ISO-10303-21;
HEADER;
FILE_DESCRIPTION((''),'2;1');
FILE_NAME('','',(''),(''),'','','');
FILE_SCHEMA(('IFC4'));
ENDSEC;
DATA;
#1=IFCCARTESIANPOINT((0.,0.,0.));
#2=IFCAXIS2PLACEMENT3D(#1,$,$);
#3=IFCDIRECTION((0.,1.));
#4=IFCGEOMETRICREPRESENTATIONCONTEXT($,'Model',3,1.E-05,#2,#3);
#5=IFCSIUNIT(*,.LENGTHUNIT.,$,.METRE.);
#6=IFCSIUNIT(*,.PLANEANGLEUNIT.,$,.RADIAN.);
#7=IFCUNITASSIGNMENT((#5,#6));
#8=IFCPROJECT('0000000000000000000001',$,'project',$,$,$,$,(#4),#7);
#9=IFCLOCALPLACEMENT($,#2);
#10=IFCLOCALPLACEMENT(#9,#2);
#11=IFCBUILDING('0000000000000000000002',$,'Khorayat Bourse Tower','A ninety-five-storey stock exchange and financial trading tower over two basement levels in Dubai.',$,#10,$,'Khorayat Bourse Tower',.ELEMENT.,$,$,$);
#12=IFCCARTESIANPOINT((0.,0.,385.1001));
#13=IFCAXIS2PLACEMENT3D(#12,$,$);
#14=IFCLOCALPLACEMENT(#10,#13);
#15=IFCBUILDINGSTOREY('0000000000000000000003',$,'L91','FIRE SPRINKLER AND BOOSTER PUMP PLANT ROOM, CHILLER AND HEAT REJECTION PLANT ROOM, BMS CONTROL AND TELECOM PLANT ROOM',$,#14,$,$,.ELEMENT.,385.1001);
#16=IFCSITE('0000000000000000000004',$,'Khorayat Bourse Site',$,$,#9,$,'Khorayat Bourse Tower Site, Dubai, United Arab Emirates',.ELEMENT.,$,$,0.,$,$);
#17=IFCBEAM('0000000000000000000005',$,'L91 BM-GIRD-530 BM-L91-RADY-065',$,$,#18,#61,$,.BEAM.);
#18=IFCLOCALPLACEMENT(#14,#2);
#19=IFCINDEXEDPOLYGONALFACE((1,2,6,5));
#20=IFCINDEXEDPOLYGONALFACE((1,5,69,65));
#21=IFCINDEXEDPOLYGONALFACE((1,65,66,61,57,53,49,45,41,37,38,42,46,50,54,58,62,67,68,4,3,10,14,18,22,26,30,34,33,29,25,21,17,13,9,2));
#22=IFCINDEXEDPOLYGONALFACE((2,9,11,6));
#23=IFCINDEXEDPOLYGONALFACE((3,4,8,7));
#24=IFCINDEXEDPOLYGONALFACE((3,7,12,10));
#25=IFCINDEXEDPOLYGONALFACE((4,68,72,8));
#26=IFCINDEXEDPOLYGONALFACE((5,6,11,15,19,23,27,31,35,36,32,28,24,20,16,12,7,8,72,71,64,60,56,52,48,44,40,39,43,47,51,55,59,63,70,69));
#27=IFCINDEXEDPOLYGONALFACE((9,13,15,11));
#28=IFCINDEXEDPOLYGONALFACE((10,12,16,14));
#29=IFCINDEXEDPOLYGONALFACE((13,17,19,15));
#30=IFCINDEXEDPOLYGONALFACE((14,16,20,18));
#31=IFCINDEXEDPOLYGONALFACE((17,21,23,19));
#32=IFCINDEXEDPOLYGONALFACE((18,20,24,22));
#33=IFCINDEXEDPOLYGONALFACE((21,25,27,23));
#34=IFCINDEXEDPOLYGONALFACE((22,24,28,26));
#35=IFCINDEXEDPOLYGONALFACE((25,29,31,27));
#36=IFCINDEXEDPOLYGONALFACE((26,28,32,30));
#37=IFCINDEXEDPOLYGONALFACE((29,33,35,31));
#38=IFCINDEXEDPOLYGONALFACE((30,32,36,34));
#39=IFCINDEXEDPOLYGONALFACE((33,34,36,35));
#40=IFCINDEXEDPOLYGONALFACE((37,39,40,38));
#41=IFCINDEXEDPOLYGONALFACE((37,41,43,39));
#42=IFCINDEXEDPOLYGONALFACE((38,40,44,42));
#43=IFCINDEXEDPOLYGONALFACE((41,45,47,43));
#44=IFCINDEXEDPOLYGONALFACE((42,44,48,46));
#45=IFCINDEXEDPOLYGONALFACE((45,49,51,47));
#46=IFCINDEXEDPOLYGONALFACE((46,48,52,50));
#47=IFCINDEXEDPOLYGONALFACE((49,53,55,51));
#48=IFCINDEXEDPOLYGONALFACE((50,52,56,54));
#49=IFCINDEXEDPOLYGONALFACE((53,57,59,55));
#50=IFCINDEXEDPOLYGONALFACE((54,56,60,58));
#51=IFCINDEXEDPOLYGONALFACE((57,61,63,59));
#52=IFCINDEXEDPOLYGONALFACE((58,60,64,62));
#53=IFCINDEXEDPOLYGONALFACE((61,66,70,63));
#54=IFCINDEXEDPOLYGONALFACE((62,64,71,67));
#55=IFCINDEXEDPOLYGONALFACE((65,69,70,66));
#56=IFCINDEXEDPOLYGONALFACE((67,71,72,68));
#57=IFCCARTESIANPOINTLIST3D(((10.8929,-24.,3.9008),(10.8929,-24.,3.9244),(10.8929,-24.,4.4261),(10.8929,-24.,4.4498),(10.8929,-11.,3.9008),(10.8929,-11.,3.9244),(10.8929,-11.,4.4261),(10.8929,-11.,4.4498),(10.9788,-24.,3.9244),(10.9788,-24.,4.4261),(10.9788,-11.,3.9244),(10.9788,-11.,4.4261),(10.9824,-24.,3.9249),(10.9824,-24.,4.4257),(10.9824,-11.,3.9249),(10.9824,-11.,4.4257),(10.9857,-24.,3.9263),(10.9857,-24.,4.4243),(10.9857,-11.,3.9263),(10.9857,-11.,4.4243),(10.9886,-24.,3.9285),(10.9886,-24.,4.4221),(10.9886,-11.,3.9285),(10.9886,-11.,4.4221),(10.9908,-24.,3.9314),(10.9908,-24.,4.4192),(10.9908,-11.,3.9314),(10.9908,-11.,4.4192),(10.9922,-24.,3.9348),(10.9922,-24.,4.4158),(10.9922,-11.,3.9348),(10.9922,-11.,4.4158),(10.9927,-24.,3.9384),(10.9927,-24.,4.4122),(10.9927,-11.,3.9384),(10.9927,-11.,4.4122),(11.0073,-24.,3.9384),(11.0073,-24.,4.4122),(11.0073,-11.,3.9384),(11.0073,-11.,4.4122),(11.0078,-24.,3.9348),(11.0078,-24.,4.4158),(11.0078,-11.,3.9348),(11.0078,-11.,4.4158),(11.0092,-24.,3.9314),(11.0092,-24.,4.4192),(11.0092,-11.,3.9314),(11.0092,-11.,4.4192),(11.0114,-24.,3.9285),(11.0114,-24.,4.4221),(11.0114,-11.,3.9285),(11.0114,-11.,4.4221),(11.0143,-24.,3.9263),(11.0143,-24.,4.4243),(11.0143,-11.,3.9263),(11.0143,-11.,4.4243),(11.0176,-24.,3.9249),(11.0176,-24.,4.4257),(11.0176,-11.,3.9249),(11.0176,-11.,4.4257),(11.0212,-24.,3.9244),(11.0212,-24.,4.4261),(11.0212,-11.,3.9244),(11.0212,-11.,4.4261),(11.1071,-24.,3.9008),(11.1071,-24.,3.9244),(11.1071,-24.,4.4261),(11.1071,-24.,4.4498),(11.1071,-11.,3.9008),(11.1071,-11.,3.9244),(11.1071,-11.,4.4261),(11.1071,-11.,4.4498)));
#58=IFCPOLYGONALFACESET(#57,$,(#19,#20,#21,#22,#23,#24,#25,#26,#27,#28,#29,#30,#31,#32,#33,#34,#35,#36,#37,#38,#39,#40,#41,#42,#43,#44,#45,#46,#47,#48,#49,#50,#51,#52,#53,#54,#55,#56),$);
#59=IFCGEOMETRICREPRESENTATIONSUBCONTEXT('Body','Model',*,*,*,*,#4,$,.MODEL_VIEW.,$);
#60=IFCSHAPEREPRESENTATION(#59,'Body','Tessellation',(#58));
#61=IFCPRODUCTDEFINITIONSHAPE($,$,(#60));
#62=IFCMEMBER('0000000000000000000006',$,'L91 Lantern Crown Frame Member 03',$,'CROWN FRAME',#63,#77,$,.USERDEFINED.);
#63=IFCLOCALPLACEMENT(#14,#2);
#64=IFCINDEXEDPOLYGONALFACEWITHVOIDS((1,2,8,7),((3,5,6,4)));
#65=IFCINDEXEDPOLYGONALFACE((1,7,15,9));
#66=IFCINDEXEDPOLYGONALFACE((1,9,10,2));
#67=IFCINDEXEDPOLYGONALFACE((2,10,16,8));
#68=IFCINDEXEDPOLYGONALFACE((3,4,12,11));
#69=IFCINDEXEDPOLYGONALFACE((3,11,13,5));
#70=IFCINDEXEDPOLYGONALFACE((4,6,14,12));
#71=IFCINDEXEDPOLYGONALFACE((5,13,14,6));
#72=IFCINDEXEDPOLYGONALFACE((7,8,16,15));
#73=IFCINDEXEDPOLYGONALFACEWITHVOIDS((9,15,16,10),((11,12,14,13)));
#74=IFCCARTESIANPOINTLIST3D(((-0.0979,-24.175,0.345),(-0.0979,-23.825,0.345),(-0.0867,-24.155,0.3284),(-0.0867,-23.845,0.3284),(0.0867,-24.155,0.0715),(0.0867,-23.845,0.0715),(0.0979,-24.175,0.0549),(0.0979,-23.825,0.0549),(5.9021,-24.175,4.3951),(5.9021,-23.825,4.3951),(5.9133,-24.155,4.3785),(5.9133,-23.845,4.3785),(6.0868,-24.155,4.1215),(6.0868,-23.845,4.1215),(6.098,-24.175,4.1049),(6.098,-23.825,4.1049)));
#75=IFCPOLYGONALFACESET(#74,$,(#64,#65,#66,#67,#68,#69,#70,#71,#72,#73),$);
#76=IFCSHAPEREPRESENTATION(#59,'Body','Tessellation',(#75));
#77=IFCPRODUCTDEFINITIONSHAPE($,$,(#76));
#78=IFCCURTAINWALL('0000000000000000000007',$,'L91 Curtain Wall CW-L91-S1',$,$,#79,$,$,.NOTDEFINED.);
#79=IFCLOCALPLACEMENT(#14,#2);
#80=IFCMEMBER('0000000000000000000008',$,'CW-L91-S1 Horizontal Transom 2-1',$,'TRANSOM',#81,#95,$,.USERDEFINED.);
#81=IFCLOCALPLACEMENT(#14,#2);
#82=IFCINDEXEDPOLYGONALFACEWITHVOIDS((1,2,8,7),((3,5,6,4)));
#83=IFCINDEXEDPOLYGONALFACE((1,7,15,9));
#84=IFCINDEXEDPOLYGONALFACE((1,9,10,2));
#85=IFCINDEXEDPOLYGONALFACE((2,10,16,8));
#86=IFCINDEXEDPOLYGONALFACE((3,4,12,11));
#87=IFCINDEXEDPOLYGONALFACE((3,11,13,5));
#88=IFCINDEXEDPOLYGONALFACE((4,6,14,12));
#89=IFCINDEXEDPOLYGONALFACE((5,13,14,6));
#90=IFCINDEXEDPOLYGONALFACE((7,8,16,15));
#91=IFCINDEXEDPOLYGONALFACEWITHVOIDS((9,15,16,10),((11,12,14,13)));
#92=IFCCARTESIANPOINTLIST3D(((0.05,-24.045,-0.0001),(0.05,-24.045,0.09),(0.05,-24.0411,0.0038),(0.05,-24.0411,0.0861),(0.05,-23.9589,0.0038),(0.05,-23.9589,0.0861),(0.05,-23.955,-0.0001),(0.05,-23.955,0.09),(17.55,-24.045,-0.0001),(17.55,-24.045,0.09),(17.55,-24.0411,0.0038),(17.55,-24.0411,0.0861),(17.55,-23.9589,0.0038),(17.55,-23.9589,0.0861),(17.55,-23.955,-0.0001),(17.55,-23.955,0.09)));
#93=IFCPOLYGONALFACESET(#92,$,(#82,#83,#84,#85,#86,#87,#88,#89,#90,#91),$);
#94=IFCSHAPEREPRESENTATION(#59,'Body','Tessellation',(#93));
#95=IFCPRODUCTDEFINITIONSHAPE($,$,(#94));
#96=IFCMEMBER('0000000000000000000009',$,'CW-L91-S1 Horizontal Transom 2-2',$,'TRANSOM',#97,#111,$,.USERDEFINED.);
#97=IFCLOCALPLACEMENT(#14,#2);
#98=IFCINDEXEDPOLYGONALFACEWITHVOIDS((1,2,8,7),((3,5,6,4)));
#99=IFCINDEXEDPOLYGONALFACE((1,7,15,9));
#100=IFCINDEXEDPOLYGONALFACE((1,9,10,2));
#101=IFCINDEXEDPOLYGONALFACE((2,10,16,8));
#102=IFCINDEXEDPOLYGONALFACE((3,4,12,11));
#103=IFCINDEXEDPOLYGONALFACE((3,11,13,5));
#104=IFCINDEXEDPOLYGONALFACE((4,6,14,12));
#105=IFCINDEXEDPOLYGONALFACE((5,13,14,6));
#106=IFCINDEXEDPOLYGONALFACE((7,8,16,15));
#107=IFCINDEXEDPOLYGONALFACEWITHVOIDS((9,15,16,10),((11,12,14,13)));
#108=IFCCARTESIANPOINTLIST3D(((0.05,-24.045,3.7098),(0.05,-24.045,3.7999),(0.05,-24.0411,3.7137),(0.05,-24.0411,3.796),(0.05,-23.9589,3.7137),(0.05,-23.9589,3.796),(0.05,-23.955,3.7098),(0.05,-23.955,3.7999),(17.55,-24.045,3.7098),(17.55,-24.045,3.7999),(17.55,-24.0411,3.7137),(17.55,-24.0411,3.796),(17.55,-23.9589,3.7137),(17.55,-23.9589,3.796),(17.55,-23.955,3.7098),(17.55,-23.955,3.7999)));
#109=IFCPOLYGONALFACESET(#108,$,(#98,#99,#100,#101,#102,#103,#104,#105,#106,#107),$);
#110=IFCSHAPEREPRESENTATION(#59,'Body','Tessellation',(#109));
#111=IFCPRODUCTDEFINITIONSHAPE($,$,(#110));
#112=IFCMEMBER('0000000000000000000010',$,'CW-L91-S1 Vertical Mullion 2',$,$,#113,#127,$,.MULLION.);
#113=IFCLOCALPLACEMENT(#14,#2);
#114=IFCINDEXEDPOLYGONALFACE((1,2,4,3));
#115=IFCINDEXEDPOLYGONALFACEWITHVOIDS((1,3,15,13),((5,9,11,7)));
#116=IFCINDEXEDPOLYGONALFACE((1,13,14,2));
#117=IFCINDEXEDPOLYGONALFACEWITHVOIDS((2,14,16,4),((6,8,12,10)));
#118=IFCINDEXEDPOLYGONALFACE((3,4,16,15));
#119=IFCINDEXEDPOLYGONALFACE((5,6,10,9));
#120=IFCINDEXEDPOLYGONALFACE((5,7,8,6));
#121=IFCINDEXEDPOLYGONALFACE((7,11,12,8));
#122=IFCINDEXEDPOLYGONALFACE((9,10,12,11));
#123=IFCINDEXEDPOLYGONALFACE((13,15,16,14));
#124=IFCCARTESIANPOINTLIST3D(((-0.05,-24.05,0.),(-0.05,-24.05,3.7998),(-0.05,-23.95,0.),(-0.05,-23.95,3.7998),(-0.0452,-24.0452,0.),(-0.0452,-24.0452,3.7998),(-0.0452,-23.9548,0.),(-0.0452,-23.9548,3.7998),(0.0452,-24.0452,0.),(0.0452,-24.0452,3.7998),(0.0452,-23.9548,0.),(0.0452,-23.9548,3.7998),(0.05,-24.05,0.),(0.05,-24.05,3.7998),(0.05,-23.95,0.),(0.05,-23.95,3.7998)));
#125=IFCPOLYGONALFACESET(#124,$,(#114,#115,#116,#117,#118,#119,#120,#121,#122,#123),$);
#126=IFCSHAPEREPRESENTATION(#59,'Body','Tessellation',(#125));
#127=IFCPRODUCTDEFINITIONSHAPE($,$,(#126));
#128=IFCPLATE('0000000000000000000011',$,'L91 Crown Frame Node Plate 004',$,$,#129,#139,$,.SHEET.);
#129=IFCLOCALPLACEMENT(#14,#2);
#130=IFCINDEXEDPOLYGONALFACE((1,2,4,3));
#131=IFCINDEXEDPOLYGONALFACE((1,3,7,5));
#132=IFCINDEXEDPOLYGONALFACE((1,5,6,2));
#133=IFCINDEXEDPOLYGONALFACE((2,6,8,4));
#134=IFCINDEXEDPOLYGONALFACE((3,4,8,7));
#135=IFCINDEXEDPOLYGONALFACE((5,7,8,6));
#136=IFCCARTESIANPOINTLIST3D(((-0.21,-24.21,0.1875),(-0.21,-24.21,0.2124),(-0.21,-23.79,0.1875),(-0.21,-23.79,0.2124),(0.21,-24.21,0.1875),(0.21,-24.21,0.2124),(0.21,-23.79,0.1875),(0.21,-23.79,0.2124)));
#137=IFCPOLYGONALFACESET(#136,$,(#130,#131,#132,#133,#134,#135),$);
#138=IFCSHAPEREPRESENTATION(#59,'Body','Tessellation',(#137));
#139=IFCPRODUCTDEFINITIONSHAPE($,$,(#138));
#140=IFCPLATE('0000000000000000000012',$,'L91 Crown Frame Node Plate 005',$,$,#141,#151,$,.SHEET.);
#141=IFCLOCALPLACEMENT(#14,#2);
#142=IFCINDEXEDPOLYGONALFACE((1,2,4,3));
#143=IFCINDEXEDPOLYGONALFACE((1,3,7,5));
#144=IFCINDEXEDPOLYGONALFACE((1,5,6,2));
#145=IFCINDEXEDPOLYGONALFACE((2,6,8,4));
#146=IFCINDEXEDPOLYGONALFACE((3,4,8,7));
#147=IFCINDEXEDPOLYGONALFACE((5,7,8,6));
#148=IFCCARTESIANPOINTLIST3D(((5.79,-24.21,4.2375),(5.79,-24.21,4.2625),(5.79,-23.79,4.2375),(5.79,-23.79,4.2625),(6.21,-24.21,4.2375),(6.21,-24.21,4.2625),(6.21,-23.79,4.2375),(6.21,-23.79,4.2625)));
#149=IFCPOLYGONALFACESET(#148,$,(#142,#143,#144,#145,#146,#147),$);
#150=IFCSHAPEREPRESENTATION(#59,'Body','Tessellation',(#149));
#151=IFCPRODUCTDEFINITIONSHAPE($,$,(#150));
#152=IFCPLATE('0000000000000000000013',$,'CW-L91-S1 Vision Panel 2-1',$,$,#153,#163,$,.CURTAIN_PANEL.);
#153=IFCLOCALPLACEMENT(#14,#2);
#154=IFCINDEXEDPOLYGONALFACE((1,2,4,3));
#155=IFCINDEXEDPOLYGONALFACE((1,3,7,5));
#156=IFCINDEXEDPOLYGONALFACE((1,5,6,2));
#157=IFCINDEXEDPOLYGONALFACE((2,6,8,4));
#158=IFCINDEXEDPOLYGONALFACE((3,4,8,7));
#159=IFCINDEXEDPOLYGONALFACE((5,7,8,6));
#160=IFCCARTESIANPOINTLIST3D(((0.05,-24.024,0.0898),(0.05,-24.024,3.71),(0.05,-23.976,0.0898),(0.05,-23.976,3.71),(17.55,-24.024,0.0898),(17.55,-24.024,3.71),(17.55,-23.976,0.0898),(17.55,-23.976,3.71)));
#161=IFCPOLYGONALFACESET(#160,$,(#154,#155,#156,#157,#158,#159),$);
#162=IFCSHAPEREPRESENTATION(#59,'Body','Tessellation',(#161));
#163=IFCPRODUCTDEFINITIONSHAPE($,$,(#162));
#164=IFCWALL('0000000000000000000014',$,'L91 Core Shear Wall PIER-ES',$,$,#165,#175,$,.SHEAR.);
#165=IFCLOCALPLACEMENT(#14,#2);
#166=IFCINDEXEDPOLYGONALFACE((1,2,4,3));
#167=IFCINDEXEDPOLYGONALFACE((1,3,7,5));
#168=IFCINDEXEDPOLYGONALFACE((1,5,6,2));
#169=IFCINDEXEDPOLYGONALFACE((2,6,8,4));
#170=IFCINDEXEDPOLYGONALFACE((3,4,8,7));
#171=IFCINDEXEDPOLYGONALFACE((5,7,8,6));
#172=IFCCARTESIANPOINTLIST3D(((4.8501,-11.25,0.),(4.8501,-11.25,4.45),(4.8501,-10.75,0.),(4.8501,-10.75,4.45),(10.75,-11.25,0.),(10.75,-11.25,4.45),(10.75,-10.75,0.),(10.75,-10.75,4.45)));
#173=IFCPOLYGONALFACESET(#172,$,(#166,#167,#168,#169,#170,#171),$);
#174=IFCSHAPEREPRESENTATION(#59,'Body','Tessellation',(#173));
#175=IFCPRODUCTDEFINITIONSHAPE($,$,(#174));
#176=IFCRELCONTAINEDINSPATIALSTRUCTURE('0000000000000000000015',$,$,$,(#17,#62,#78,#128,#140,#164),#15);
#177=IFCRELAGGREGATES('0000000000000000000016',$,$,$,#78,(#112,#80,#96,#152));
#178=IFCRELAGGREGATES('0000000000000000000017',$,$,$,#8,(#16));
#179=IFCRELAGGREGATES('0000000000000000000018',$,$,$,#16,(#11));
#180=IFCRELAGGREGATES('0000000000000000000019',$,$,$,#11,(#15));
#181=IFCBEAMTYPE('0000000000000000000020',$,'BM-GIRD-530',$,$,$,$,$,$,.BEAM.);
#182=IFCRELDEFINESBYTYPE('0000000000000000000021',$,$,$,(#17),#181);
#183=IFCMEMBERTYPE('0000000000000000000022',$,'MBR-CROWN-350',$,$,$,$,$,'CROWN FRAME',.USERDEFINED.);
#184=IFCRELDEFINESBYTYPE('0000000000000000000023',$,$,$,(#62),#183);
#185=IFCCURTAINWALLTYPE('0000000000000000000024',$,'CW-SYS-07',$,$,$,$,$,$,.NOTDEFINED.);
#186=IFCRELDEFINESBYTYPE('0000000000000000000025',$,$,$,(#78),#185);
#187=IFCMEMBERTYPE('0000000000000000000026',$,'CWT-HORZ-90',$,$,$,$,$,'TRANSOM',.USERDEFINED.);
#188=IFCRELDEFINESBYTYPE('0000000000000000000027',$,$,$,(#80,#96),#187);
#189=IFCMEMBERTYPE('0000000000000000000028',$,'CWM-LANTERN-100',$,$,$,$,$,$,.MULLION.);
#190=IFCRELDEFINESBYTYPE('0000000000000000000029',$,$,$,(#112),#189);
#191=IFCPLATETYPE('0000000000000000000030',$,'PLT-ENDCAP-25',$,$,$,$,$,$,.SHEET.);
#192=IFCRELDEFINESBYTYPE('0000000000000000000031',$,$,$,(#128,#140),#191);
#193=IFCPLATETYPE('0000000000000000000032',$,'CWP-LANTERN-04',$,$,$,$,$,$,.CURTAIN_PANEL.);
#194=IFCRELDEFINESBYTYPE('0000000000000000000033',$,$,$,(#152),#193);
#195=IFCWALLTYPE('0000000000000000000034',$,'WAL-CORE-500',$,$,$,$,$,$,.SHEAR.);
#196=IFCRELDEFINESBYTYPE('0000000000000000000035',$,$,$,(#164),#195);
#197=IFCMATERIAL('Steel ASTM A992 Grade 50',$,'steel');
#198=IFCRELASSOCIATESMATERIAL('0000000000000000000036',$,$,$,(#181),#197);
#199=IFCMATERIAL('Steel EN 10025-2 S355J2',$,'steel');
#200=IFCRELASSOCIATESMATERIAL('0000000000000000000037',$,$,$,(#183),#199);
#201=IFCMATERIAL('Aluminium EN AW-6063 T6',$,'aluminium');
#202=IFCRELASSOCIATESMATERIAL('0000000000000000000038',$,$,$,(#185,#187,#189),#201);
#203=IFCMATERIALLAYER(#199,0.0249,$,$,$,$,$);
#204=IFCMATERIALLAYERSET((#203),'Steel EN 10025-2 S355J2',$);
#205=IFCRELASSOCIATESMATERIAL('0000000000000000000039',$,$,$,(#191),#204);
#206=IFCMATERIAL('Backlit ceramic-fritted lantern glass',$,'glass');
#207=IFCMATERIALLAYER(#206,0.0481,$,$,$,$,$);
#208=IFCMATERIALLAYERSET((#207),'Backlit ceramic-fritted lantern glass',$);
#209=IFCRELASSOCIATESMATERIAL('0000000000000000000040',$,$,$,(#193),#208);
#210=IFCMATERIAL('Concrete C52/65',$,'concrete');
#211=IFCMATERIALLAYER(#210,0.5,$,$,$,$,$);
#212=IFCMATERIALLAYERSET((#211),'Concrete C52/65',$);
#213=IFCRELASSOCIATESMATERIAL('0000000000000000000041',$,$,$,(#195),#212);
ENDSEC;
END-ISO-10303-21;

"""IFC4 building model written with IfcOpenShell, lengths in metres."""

from ifc_helpers import new_model, si_unit, direction, frame, frame_2d, origin, origin_2d, place, context, subcontext, project, spatial, rectangle, hollow_rectangle, i_section, extrude, source, transform, mapped, material, layer, layer_set, material_profile, profile_set, type_object, element, aggregate, save


model = new_model("IFC4")

# Units and contexts
model_context = context("Model", 3, precision=1e-05, world=origin(), true_north=direction((0.0, 1.0)))
body_context = subcontext(model_context, "Body", "Model", "MODEL_VIEW")
ifc_project = project(units=[si_unit("LENGTHUNIT", "METRE"), si_unit("PLANEANGLEUNIT", "RADIAN")], contexts=[model_context])

# Site, building, storey
site_placement = place(None, origin())
site = spatial("IfcSite", under=ifc_project, at=site_placement, Name="Khorayat Bourse Site", LongName="Khorayat Bourse Tower Site, Dubai, United Arab Emirates", CompositionType="ELEMENT", RefElevation=0.0)
building_placement = place(site_placement, origin())
building = spatial("IfcBuilding", under=site, at=building_placement, Name="Khorayat Bourse Tower", Description="A ninety-five-storey stock exchange and financial trading tower over two basement levels in Dubai.", LongName="Khorayat Bourse Tower", CompositionType="ELEMENT")
storey_placement = place(building_placement, frame((0.0, 0.0, 385.1001)))
storey = spatial("IfcBuildingStorey", under=building, at=storey_placement, Name="L91", Description="FIRE SPRINKLER AND BOOSTER PUMP PLANT ROOM, CHILLER AND HEAT REJECTION PLANT ROOM, BMS CONTROL AND TELECOM PLANT ROOM", CompositionType="ELEMENT", Elevation=385.1001)

# Shared definitions
ifc_material_1 = material(Name="Steel EN 10025-2 S355J2", Category="steel")
ifc_material_2 = material(Name="Concrete C52/65", Category="concrete")

# Beam
ifc_material_3 = material(Name="Steel ASTM A992 Grade 50", Category="steel")
ifc_material_profile_1 = material_profile(ifc_material_3, i_section(OverallWidth=0.2141, OverallDepth=0.5491, WebThickness=0.0146, FlangeThickness=0.0237, FilletRadius=0.0139, at=origin_2d()), Name="W530X138")
ifc_profile_set_1 = profile_set([ifc_material_profile_1], Name="Steel ASTM A992 Grade 50")
beam_type_1 = type_object("IfcBeamType", Name="BM-GIRD-530", PredefinedType="BEAM", material=ifc_profile_set_1)
shared_shape_1 = source(origin(), body_context, "Body", "SweptSolid", [
    extrude(i_section(OverallWidth=0.2141, OverallDepth=0.5491, WebThickness=0.0146, FlangeThickness=0.0237, FilletRadius=0.0139, at=origin_2d()), origin(), (0.0, 0.0, 1.0), 13.0),
])
for number, where, z_axis, x_axis, name in (
    (1, (11.0, -24.0, 4.1753), (0.0, 1.0, 0.0), (-1.0, 0.0, 0.0), "L91 BM-GIRD-530 BM-L91-RADY-065"),
):
    element("IfcBeam", number, at=place(storey_placement, frame(where, z_axis=z_axis, x_axis=x_axis)), inside=storey, type_object=beam_type_1, Name=name, PredefinedType="BEAM", context=body_context, shape_type="MappedRepresentation", body=[
        mapped(shared_shape_1, transform((0.0, 0.0, 0.0), scale=1.0)),
    ])

# Member
ifc_material_profile_2 = material_profile(ifc_material_1, hollow_rectangle(XDim=0.3501, YDim=0.3501, WallThickness=0.02, at=origin_2d()), Name="HSS 350x350x20")
ifc_profile_set_2 = profile_set([ifc_material_profile_2], Name="Steel EN 10025-2 S355J2")
member_type_1 = type_object("IfcMemberType", Name="MBR-CROWN-350", ElementType="CROWN FRAME", PredefinedType="USERDEFINED", material=ifc_profile_set_2)
shared_shape_2 = source(origin(), body_context, "Body", "SweptSolid", [
    extrude(hollow_rectangle(XDim=0.3501, YDim=0.3501, WallThickness=0.02, at=origin_2d()), origin(), (0.0, 0.0, 1.0), 7.239),
])
member_1_placement = place(storey_placement, frame((0.0, -24.0, 0.2), z_axis=(0.828846, 0.0, 0.559477), x_axis=(0.0, 1.0, 0.0)))
element("IfcMember", 2, at=member_1_placement, inside=storey, type_object=member_type_1, Name="L91 Lantern Crown Frame Member 03", ObjectType="CROWN FRAME", PredefinedType="USERDEFINED", context=body_context, shape_type="MappedRepresentation", body=[
    mapped(shared_shape_2, transform((0.0, 0.0, 0.0), scale=1.0)),
])

# Curtain wall, members
ifc_material_4 = material(Name="Aluminium EN AW-6063 T6", Category="aluminium")
curtain_wall_type = type_object("IfcCurtainWallType", Name="CW-SYS-07", PredefinedType="NOTDEFINED", material=ifc_material_4)
curtain_wall_placement = place(storey_placement, origin())
curtain_wall = element("IfcCurtainWall", 3, at=curtain_wall_placement, inside=storey, type_object=curtain_wall_type, Name="L91 Curtain Wall CW-L91-S1", PredefinedType="NOTDEFINED")
ifc_material_profile_3 = material_profile(ifc_material_4, hollow_rectangle(XDim=0.0901, YDim=0.0901, WallThickness=0.0039, at=origin_2d()), Name="ALU 90x90x4")
ifc_profile_set_3 = profile_set([ifc_material_profile_3], Name="Aluminium EN AW-6063 T6")
member_type_2 = type_object("IfcMemberType", Name="CWT-HORZ-90", ElementType="TRANSOM", PredefinedType="USERDEFINED", material=ifc_profile_set_3)
shared_shape_3 = source(origin(), body_context, "Body", "SweptSolid", [
    extrude(hollow_rectangle(XDim=0.0901, YDim=0.0901, WallThickness=0.0039, at=origin_2d()), origin(), (0.0, 0.0, 1.0), 17.5),
])
member_2_placement = place(storey_placement, frame((0.05, -24.0, 0.0449), z_axis=(1.0, 0.0, 0.0), x_axis=(0.0, 1.0, 0.0)))
member_2 = element("IfcMember", 4, at=member_2_placement, type_object=member_type_2, Name="CW-L91-S1 Horizontal Transom 2-1", ObjectType="TRANSOM", PredefinedType="USERDEFINED", context=body_context, shape_type="MappedRepresentation", body=[
    mapped(shared_shape_3, transform((0.0, 0.0, 0.0), scale=1.0)),
])
member_3_placement = place(storey_placement, frame((0.05, -24.0, 3.7549), z_axis=(1.0, 0.0, 0.0), x_axis=(0.0, 1.0, 0.0)))
member_3 = element("IfcMember", 5, at=member_3_placement, type_object=member_type_2, Name="CW-L91-S1 Horizontal Transom 2-2", ObjectType="TRANSOM", PredefinedType="USERDEFINED", context=body_context, shape_type="MappedRepresentation", body=[
    mapped(shared_shape_3, transform((0.0, 0.0, 0.0), scale=1.0)),
])
ifc_material_profile_4 = material_profile(ifc_material_4, hollow_rectangle(XDim=0.1001, YDim=0.1001, WallThickness=0.0049, at=origin_2d()), Name="ALU 100x100x5")
ifc_profile_set_4 = profile_set([ifc_material_profile_4], Name="Aluminium EN AW-6063 T6")
member_type_3 = type_object("IfcMemberType", Name="CWM-LANTERN-100", PredefinedType="MULLION", material=ifc_profile_set_4)
shared_shape_4 = source(origin(), body_context, "Body", "SweptSolid", [
    extrude(hollow_rectangle(XDim=0.1001, YDim=0.1001, WallThickness=0.0049, at=origin_2d()), origin(), (0.0, 0.0, 1.0), 3.7998),
])
member_4_placement = place(storey_placement, frame((0.0, -24.0, 0.0), z_axis=(0.0, 0.0, 1.0), x_axis=(0.0, 1.0, 0.0)))
member_4 = element("IfcMember", 6, at=member_4_placement, type_object=member_type_3, Name="CW-L91-S1 Vertical Mullion 2", PredefinedType="MULLION", context=body_context, shape_type="MappedRepresentation", body=[
    mapped(shared_shape_4, transform((0.0, 0.0, 0.0), scale=1.0)),
])

# Plates
ifc_layer_1 = layer(ifc_material_1, 0.0249)
ifc_layer_set_1 = layer_set([ifc_layer_1], Name="Steel EN 10025-2 S355J2")
plate_type_1 = type_object("IfcPlateType", Name="PLT-ENDCAP-25", PredefinedType="SHEET", material=ifc_layer_set_1)
shared_shape_5 = source(origin(), body_context, "Body", "SweptSolid", [
    extrude(rectangle(XDim=0.4199, YDim=0.4199, at=origin_2d()), origin(), (0.0, 0.0, 1.0), 0.0249),
])
for number, where, z_axis, x_axis, name in (
    (7, (0.0, -24.0, 0.1875), (0.0, 0.0, 1.0), (1.0, 0.0, 0.0), "L91 Crown Frame Node Plate 004"),
    (8, (6.0, -24.0, 4.2375), (0.0, 0.0, 1.0), (1.0, 0.0, 0.0), "L91 Crown Frame Node Plate 005"),
):
    element("IfcPlate", number, at=place(storey_placement, frame(where, z_axis=z_axis, x_axis=x_axis)), inside=storey, type_object=plate_type_1, Name=name, PredefinedType="SHEET", context=body_context, shape_type="MappedRepresentation", body=[
        mapped(shared_shape_5, transform((0.0, 0.0, 0.0), scale=1.0)),
    ])

# Plate
ifc_material_5 = material(Name="Backlit ceramic-fritted lantern glass", Category="glass")
ifc_layer_2 = layer(ifc_material_5, 0.0481)
ifc_layer_set_2 = layer_set([ifc_layer_2], Name="Backlit ceramic-fritted lantern glass")
plate_type_2 = type_object("IfcPlateType", Name="CWP-LANTERN-04", PredefinedType="CURTAIN_PANEL", material=ifc_layer_set_2)
shared_shape_6 = source(origin(), body_context, "Body", "SweptSolid", [
    extrude(rectangle(XDim=17.5, YDim=0.0481, at=origin_2d()), origin(), (0.0, 0.0, 1.0), 3.6201),
])
plate_placement = place(storey_placement, frame((8.8, -24.0, 0.0898), z_axis=(0.0, 0.0, 1.0), x_axis=(1.0, 0.0, 0.0)))
plate = element("IfcPlate", 9, at=plate_placement, type_object=plate_type_2, Name="CW-L91-S1 Vision Panel 2-1", PredefinedType="CURTAIN_PANEL", context=body_context, shape_type="MappedRepresentation", body=[
    mapped(shared_shape_6, transform((0.0, 0.0, 0.0), scale=1.0)),
])
aggregate(curtain_wall, [member_4, member_2, member_3, plate])

# Wall
ifc_layer_3 = layer(ifc_material_2, 0.5)
ifc_layer_set_3 = layer_set([ifc_layer_3], Name="Concrete C52/65")
wall_type_1 = type_object("IfcWallType", Name="WAL-CORE-500", PredefinedType="SHEAR", material=ifc_layer_set_3)
shared_shape_7 = source(origin(), body_context, "Body", "SweptSolid", [
    extrude(rectangle(XDim=5.8999, YDim=0.5, at=frame_2d((2.95, 0.0))), origin(), (0.0, 0.0, 1.0), 4.45),
])
wall_1_placement = place(storey_placement, frame((4.8501, -11.0, 0.0), z_axis=(0.0, 0.0, 1.0), x_axis=(1.0, 0.0, 0.0)))
element("IfcWall", 10, at=wall_1_placement, inside=storey, type_object=wall_type_1, Name="L91 Core Shear Wall PIER-ES", PredefinedType="SHEAR", context=body_context, shape_type="MappedRepresentation", body=[
    mapped(shared_shape_7, transform((0.0, 0.0, 0.0), scale=1.0)),
])

save(model, "model.ifc")
